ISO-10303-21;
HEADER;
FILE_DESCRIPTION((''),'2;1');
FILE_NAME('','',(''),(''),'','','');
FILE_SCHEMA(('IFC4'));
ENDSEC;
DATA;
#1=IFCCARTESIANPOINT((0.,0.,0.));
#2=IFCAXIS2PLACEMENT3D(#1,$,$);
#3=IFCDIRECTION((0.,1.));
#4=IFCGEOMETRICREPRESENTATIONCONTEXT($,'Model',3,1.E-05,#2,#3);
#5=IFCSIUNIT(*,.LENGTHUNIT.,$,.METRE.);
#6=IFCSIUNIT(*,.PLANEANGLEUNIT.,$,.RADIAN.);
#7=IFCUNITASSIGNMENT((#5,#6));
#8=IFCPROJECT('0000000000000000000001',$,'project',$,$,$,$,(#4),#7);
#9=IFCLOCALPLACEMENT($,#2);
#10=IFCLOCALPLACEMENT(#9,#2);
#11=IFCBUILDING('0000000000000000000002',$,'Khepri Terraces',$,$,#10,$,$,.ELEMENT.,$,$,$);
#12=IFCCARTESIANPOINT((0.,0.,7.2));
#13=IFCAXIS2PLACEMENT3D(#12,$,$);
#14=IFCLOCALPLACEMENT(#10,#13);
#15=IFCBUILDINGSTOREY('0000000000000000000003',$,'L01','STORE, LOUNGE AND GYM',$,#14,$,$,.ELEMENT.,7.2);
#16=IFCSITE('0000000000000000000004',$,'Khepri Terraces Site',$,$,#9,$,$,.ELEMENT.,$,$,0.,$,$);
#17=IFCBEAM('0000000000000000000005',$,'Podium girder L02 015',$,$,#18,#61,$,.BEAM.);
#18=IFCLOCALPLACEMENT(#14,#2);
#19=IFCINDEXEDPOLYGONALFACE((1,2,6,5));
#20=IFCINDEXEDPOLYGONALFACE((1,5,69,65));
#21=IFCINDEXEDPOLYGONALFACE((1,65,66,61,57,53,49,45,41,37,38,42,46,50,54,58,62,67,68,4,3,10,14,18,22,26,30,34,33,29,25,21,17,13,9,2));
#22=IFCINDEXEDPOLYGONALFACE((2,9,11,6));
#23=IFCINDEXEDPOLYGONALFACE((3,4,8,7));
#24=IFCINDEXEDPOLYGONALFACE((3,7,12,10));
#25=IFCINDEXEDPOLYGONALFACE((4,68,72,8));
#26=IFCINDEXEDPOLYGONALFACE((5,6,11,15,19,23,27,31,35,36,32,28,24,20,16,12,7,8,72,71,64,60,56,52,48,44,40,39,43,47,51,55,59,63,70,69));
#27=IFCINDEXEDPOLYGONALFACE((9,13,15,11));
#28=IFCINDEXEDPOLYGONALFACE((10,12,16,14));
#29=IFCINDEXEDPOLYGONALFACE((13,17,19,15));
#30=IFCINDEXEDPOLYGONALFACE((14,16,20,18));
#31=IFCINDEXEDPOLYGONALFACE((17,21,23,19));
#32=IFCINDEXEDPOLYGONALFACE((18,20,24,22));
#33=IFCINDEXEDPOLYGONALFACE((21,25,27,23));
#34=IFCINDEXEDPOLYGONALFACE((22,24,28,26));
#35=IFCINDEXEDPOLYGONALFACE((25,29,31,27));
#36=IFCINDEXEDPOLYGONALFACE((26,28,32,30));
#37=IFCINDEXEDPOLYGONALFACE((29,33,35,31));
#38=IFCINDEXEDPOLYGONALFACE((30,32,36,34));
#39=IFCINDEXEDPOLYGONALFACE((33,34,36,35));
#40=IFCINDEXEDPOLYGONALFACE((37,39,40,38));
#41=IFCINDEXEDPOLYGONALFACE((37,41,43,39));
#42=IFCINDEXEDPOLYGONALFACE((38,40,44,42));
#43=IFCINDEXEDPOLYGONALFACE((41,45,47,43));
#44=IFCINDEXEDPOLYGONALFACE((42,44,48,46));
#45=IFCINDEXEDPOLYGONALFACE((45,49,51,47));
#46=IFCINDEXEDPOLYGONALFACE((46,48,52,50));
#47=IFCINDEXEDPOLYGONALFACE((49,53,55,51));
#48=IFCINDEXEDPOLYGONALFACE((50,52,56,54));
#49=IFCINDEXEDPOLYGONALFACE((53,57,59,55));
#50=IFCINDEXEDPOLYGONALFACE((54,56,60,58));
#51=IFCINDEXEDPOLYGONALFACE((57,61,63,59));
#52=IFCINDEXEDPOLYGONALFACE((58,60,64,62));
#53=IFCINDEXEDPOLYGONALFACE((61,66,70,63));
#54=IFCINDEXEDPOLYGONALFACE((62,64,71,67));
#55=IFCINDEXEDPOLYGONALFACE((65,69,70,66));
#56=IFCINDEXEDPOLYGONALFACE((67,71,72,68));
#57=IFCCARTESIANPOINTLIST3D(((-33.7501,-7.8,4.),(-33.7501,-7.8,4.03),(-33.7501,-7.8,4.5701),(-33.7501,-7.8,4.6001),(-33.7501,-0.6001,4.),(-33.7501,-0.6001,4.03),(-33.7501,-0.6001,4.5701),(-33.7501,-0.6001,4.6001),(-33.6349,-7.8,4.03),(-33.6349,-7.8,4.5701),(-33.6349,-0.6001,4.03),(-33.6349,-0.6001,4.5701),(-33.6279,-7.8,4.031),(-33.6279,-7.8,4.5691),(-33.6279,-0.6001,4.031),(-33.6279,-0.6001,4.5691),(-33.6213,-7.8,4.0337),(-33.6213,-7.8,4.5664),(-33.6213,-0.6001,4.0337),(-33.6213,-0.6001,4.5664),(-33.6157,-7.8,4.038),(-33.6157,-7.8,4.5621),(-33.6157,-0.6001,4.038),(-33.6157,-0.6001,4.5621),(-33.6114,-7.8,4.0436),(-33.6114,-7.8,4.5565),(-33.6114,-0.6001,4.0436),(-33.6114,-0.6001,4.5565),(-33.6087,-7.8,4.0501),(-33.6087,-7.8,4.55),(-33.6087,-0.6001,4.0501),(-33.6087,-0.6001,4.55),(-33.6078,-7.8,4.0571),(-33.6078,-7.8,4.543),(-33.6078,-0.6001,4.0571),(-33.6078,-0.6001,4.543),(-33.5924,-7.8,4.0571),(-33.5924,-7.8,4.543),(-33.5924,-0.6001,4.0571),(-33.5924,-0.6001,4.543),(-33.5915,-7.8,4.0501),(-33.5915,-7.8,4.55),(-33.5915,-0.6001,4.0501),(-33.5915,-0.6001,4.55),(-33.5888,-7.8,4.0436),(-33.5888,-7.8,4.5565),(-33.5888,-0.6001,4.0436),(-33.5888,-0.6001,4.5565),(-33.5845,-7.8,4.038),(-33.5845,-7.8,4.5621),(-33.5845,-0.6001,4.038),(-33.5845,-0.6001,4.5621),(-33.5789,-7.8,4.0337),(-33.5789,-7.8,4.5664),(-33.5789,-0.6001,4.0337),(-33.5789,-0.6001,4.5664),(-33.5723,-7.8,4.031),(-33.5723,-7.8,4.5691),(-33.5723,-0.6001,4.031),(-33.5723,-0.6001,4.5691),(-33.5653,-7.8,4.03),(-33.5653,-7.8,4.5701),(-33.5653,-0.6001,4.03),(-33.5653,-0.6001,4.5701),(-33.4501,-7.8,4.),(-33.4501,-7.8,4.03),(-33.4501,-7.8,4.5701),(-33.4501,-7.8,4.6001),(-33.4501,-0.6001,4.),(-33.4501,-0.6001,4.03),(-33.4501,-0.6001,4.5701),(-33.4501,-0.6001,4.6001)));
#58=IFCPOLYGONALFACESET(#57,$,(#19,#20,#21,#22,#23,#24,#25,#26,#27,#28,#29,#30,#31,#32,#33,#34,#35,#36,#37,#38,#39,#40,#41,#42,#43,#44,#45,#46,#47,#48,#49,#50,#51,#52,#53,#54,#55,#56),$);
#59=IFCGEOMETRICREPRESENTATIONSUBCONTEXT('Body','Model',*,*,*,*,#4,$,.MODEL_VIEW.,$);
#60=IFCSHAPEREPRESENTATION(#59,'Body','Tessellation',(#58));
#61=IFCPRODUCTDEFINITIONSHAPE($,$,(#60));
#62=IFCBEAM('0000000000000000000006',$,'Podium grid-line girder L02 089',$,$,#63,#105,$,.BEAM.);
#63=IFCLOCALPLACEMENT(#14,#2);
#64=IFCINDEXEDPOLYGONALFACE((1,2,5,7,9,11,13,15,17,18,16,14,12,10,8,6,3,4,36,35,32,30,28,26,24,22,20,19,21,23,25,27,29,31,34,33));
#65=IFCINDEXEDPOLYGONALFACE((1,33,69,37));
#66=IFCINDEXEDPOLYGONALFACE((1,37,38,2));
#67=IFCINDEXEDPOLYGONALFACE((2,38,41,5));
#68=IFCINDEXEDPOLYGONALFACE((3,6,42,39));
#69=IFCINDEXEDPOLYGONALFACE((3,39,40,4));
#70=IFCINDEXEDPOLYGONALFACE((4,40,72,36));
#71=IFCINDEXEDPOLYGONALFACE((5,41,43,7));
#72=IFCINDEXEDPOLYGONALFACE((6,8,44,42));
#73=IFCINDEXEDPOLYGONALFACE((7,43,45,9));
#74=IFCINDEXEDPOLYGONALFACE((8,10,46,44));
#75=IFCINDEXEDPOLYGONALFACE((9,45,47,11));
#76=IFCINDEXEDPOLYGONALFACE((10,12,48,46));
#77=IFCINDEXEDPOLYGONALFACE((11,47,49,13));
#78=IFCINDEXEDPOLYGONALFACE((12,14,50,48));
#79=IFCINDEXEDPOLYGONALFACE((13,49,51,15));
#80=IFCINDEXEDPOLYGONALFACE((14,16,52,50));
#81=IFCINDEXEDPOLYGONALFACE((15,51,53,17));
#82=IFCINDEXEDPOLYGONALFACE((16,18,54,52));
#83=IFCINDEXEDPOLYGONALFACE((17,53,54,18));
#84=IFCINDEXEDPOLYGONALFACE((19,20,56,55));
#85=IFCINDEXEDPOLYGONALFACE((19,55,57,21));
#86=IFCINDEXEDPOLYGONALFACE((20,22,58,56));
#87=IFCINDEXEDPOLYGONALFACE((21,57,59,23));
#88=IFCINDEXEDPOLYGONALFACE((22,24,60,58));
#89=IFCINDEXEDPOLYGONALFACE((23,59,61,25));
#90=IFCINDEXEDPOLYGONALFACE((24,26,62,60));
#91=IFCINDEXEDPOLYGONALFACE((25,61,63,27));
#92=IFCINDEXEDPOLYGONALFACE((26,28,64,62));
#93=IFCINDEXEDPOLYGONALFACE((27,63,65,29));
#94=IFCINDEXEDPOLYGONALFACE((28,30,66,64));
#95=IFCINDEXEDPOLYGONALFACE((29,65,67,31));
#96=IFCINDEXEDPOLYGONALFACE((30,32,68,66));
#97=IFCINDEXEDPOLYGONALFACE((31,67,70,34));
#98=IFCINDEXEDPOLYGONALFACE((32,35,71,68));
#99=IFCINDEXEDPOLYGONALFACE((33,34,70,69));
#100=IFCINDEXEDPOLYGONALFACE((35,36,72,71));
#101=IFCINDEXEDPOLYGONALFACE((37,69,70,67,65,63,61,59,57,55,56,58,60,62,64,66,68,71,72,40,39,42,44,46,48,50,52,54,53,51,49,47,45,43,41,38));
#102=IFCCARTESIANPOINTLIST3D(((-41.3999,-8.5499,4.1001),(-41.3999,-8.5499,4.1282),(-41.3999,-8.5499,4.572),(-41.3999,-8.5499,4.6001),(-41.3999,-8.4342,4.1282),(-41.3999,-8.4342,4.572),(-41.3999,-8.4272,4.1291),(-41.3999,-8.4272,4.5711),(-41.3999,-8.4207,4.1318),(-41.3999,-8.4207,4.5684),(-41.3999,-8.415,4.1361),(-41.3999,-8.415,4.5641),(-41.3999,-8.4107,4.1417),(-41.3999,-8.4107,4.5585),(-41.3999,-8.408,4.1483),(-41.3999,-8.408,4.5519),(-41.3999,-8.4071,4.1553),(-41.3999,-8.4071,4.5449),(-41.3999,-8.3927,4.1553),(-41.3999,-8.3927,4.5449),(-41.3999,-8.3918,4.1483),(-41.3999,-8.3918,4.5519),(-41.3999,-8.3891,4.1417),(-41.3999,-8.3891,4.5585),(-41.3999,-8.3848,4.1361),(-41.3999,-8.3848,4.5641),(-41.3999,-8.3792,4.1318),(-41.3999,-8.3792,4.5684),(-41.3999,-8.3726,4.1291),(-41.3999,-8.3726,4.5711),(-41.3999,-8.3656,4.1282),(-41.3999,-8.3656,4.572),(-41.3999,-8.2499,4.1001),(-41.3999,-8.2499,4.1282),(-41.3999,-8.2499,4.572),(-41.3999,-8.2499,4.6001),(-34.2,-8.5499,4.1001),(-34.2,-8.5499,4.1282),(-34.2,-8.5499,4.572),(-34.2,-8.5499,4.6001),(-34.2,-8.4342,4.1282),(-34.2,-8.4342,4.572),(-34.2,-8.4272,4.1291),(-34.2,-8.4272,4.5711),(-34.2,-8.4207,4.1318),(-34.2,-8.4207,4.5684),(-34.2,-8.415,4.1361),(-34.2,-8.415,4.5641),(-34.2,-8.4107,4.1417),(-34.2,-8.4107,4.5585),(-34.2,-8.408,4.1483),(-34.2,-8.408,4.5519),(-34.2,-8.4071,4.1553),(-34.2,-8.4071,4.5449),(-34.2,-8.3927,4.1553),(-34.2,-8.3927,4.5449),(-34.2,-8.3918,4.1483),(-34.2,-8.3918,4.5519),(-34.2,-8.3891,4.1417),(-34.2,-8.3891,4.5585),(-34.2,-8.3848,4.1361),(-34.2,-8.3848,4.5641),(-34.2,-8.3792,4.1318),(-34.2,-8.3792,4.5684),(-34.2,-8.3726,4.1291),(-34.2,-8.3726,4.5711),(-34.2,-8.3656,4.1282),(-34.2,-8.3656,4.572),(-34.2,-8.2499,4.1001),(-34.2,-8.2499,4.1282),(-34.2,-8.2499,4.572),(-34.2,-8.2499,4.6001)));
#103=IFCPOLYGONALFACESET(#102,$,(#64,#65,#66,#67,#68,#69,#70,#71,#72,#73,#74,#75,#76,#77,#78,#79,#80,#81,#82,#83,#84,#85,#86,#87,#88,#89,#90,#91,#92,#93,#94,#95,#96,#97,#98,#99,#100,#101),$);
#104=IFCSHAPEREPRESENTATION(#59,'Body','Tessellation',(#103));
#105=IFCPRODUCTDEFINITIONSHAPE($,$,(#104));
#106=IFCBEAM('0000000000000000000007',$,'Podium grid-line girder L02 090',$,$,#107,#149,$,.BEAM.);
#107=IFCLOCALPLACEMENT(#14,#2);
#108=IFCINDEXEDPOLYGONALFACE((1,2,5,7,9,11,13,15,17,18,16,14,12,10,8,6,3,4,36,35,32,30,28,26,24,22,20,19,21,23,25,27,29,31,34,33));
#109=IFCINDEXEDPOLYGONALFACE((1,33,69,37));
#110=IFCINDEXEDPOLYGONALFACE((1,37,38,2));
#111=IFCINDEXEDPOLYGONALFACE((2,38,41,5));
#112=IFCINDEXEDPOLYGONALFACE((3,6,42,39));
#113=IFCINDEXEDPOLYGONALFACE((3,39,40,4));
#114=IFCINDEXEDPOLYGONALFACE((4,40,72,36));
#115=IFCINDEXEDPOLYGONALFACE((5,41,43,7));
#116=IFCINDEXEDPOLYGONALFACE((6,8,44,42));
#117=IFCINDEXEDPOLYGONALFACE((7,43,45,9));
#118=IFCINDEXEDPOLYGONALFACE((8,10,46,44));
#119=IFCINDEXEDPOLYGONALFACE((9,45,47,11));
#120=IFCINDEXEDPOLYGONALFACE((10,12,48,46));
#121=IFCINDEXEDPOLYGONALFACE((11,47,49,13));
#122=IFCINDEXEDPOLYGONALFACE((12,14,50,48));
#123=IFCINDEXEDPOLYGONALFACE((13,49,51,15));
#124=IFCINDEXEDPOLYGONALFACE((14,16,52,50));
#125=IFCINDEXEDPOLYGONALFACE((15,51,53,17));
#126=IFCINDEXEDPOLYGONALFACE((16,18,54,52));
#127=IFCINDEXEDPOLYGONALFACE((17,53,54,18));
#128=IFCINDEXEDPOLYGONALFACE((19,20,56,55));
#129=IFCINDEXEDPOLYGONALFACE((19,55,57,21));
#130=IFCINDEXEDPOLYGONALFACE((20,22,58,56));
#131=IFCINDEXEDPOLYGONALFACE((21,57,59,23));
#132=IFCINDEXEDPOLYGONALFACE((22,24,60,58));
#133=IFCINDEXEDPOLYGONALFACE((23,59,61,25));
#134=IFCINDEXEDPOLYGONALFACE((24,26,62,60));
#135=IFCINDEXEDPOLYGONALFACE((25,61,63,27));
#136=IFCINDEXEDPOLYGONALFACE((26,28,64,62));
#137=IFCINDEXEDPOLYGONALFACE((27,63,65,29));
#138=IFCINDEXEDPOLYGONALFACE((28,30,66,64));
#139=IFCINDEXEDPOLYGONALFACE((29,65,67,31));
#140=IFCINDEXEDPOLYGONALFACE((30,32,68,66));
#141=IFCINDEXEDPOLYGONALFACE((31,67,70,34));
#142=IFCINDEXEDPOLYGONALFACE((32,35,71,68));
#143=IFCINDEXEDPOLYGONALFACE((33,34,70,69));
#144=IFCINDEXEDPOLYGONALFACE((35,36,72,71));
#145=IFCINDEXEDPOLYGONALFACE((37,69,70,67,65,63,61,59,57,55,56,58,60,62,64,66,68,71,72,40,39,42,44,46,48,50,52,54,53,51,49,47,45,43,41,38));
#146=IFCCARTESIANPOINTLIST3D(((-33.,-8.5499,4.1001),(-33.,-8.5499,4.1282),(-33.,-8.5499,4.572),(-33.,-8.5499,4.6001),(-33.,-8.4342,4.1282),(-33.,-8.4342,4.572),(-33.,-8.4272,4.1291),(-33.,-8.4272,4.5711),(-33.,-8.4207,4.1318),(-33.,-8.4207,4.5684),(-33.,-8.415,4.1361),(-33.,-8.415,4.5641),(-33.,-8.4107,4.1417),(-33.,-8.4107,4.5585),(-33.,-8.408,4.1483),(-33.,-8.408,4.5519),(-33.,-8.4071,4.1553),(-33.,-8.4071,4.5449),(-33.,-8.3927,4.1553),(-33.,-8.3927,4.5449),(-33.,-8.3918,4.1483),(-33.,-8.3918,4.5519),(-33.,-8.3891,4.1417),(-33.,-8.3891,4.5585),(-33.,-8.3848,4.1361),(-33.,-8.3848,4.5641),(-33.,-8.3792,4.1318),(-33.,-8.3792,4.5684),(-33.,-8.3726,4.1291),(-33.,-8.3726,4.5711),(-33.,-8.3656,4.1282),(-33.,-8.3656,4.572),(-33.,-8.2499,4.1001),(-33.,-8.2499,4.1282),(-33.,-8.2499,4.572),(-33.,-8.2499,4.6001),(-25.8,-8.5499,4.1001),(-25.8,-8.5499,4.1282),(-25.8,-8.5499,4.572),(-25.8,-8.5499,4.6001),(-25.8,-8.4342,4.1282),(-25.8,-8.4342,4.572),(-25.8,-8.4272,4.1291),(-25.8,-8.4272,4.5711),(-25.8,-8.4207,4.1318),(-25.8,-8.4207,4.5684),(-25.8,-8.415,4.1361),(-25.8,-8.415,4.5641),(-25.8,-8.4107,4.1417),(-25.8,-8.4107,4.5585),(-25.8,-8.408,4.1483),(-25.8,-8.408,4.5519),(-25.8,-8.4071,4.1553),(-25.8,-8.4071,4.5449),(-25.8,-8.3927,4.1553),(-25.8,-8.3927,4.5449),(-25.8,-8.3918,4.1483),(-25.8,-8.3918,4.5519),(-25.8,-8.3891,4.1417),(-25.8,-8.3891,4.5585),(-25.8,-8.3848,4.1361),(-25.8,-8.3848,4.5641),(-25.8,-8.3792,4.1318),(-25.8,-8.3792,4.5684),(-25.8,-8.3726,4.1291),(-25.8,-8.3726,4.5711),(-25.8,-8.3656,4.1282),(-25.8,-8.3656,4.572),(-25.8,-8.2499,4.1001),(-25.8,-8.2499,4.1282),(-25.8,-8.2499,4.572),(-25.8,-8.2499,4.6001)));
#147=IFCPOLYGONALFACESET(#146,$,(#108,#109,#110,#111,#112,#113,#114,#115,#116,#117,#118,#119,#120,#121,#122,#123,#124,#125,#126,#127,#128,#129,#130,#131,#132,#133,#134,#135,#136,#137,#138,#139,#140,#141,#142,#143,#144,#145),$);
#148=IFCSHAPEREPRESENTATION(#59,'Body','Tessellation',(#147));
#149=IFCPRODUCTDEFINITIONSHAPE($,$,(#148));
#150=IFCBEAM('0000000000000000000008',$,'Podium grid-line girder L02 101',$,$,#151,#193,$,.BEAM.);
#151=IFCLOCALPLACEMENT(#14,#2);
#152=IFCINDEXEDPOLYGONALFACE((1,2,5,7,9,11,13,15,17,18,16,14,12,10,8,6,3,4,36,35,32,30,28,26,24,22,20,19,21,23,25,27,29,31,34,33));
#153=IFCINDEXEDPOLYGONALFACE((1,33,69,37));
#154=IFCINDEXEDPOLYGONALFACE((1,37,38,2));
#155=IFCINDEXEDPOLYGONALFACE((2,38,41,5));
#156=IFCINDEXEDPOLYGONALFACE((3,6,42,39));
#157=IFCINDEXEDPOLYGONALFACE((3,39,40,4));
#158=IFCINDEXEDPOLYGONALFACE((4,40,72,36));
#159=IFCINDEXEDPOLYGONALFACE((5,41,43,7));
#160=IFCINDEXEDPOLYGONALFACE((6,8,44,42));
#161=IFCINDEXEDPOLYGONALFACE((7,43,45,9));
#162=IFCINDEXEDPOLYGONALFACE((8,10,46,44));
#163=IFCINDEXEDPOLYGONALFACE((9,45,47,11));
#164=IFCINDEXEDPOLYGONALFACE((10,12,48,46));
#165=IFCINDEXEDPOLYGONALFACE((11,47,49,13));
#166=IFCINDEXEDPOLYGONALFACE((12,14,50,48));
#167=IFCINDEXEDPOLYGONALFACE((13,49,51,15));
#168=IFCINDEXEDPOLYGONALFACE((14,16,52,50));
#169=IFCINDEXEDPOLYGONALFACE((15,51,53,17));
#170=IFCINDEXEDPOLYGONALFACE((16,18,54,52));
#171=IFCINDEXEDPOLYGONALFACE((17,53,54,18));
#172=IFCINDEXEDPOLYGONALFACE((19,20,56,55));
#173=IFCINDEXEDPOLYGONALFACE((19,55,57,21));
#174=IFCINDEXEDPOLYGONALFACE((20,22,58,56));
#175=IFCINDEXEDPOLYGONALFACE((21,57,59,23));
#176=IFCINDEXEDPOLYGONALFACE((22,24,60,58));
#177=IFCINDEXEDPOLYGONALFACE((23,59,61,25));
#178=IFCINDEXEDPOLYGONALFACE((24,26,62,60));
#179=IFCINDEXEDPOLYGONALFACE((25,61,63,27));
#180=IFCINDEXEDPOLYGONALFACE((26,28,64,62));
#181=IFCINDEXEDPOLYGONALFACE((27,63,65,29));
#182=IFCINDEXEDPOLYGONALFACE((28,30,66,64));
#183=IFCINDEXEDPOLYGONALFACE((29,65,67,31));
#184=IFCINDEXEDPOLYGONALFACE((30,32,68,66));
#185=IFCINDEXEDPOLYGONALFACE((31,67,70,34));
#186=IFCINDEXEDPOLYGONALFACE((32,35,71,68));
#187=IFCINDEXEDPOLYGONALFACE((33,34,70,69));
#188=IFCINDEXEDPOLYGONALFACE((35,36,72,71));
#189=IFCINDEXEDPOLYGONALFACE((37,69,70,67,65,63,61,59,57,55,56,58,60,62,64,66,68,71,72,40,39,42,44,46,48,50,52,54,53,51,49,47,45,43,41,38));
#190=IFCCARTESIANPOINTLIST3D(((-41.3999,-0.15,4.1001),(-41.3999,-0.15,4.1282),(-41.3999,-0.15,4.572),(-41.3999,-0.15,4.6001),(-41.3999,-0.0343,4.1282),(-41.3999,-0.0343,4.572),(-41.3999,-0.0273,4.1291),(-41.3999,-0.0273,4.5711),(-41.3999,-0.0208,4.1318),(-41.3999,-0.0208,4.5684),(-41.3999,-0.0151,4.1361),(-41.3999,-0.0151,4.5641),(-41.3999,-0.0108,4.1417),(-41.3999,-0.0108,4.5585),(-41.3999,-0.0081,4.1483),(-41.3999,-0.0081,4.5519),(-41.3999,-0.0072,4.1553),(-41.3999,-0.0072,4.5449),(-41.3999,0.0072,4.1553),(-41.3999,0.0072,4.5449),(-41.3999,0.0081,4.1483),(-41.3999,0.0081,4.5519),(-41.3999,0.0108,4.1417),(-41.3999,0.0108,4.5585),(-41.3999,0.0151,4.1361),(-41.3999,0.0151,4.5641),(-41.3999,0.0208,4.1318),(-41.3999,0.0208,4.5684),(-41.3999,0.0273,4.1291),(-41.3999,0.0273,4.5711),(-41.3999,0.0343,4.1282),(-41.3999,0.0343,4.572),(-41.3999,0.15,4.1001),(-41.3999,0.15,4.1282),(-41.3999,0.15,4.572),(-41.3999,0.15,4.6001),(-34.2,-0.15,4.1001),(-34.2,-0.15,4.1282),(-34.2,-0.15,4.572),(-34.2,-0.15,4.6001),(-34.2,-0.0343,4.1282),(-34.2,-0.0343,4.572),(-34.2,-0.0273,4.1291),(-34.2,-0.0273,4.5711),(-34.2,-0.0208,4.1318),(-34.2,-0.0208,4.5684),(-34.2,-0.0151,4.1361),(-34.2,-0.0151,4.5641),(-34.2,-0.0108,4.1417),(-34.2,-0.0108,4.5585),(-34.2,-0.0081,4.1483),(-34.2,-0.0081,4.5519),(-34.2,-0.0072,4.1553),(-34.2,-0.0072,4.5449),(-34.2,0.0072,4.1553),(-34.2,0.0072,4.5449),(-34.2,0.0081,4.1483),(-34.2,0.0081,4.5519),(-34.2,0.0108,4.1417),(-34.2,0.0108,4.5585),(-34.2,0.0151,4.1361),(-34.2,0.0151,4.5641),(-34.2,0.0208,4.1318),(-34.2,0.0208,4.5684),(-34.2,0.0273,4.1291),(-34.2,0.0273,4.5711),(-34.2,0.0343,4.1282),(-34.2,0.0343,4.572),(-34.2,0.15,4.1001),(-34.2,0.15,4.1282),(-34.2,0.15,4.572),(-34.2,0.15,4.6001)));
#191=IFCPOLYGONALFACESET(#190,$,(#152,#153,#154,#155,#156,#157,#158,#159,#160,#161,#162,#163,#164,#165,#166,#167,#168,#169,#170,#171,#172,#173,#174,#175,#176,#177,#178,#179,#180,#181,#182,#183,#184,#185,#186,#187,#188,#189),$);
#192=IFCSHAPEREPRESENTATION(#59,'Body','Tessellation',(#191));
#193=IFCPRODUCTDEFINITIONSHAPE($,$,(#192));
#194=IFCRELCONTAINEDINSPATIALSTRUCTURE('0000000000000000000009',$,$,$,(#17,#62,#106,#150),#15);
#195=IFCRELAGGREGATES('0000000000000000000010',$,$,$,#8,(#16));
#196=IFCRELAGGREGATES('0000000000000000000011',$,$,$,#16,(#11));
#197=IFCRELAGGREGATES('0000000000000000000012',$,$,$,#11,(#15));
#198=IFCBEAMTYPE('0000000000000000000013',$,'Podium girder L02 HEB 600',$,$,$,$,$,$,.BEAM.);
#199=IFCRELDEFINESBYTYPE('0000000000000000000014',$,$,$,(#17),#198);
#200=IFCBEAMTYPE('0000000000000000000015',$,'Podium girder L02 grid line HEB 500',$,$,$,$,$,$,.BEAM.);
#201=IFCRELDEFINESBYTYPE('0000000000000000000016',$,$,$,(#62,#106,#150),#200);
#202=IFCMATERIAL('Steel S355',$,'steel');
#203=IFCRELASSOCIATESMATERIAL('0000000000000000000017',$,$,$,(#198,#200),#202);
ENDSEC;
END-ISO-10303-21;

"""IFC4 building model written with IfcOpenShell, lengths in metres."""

from ifc_helpers import new_model, si_unit, direction, frame, origin, origin_2d, place, context, subcontext, project, spatial, i_section, extrude, material, material_profile, profile_set, type_object, element, save


model = new_model("IFC4")

# Units and contexts
model_context = context("Model", 3, precision=1e-05, world=origin(), true_north=direction((0.0, 1.0)))
body_context = subcontext(model_context, "Body", "Model", "MODEL_VIEW")
ifc_project = project(units=[si_unit("LENGTHUNIT", "METRE"), si_unit("PLANEANGLEUNIT", "RADIAN")], contexts=[model_context])

# Site, building, storey
site_placement = place(None, origin())
site = spatial("IfcSite", under=ifc_project, at=site_placement, Name="Khepri Terraces Site", CompositionType="ELEMENT", RefElevation=0.0)
building_placement = place(site_placement, origin())
building = spatial("IfcBuilding", under=site, at=building_placement, Name="Khepri Terraces", CompositionType="ELEMENT")
storey_placement = place(building_placement, frame((0.0, 0.0, 7.2)))
storey = spatial("IfcBuildingStorey", under=building, at=storey_placement, Name="L01", Description="STORE, LOUNGE AND GYM", CompositionType="ELEMENT", Elevation=7.2)

# Beams
ifc_material_1 = material(Name="Steel S355", Category="steel")
ifc_material_profile_1 = material_profile(ifc_material_1, i_section(OverallWidth=0.3, OverallDepth=0.6001, WebThickness=0.0154, FlangeThickness=0.03, FilletRadius=0.0271, at=origin_2d()), Name="Steel S355", Category="steel")
ifc_profile_set_1 = profile_set([ifc_material_profile_1], Name="Steel S355")
beam_type_1 = type_object("IfcBeamType", Name="Podium girder L02 HEB 600", PredefinedType="BEAM", material=ifc_profile_set_1)
for number, where, z_axis, x_axis, name in (
    (1, (-33.6001, -7.8, 4.3), (0.0, 1.0, 0.0), (-1.0, 0.0, 0.0), "Podium girder L02 015"),
):
    element("IfcBeam", number, at=place(storey_placement, frame(where, z_axis=z_axis, x_axis=x_axis)), inside=storey, type_object=beam_type_1, Name=name, PredefinedType="BEAM", context=body_context, shape_type="SweptSolid", body=[
        extrude(i_section(OverallWidth=0.3, OverallDepth=0.6001, WebThickness=0.0154, FlangeThickness=0.03, FilletRadius=0.0271, at=origin_2d()), origin(), (0.0, 0.0, 1.0), 7.2),
    ])
ifc_material_profile_2 = material_profile(ifc_material_1, i_section(OverallWidth=0.3, OverallDepth=0.5, WebThickness=0.0144, FlangeThickness=0.0281, FilletRadius=0.0271, at=origin_2d()), Name="Steel S355", Category="steel")
ifc_profile_set_2 = profile_set([ifc_material_profile_2], Name="Steel S355")
beam_type_2 = type_object("IfcBeamType", Name="Podium girder L02 grid line HEB 500", PredefinedType="BEAM", material=ifc_profile_set_2)
for number, where, z_axis, x_axis, name in (
    (2, (-41.3999, -8.3999, 4.3501), (1.0, 0.0, 0.0), (0.0, 1.0, 0.0), "Podium grid-line girder L02 089"),
    (3, (-33.0, -8.3999, 4.3501), (1.0, 0.0, 0.0), (0.0, 1.0, 0.0), "Podium grid-line girder L02 090"),
    (4, (-41.3999, 0.0, 4.3501), (1.0, 0.0, 0.0), (0.0, 1.0, 0.0), "Podium grid-line girder L02 101"),
):
    element("IfcBeam", number, at=place(storey_placement, frame(where, z_axis=z_axis, x_axis=x_axis)), inside=storey, type_object=beam_type_2, Name=name, PredefinedType="BEAM", context=body_context, shape_type="SweptSolid", body=[
        extrude(i_section(OverallWidth=0.3, OverallDepth=0.5, WebThickness=0.0144, FlangeThickness=0.0281, FilletRadius=0.0271, at=origin_2d()), origin(), (0.0, 0.0, 1.0), 7.2),
    ])

save(model, "model.ifc")
